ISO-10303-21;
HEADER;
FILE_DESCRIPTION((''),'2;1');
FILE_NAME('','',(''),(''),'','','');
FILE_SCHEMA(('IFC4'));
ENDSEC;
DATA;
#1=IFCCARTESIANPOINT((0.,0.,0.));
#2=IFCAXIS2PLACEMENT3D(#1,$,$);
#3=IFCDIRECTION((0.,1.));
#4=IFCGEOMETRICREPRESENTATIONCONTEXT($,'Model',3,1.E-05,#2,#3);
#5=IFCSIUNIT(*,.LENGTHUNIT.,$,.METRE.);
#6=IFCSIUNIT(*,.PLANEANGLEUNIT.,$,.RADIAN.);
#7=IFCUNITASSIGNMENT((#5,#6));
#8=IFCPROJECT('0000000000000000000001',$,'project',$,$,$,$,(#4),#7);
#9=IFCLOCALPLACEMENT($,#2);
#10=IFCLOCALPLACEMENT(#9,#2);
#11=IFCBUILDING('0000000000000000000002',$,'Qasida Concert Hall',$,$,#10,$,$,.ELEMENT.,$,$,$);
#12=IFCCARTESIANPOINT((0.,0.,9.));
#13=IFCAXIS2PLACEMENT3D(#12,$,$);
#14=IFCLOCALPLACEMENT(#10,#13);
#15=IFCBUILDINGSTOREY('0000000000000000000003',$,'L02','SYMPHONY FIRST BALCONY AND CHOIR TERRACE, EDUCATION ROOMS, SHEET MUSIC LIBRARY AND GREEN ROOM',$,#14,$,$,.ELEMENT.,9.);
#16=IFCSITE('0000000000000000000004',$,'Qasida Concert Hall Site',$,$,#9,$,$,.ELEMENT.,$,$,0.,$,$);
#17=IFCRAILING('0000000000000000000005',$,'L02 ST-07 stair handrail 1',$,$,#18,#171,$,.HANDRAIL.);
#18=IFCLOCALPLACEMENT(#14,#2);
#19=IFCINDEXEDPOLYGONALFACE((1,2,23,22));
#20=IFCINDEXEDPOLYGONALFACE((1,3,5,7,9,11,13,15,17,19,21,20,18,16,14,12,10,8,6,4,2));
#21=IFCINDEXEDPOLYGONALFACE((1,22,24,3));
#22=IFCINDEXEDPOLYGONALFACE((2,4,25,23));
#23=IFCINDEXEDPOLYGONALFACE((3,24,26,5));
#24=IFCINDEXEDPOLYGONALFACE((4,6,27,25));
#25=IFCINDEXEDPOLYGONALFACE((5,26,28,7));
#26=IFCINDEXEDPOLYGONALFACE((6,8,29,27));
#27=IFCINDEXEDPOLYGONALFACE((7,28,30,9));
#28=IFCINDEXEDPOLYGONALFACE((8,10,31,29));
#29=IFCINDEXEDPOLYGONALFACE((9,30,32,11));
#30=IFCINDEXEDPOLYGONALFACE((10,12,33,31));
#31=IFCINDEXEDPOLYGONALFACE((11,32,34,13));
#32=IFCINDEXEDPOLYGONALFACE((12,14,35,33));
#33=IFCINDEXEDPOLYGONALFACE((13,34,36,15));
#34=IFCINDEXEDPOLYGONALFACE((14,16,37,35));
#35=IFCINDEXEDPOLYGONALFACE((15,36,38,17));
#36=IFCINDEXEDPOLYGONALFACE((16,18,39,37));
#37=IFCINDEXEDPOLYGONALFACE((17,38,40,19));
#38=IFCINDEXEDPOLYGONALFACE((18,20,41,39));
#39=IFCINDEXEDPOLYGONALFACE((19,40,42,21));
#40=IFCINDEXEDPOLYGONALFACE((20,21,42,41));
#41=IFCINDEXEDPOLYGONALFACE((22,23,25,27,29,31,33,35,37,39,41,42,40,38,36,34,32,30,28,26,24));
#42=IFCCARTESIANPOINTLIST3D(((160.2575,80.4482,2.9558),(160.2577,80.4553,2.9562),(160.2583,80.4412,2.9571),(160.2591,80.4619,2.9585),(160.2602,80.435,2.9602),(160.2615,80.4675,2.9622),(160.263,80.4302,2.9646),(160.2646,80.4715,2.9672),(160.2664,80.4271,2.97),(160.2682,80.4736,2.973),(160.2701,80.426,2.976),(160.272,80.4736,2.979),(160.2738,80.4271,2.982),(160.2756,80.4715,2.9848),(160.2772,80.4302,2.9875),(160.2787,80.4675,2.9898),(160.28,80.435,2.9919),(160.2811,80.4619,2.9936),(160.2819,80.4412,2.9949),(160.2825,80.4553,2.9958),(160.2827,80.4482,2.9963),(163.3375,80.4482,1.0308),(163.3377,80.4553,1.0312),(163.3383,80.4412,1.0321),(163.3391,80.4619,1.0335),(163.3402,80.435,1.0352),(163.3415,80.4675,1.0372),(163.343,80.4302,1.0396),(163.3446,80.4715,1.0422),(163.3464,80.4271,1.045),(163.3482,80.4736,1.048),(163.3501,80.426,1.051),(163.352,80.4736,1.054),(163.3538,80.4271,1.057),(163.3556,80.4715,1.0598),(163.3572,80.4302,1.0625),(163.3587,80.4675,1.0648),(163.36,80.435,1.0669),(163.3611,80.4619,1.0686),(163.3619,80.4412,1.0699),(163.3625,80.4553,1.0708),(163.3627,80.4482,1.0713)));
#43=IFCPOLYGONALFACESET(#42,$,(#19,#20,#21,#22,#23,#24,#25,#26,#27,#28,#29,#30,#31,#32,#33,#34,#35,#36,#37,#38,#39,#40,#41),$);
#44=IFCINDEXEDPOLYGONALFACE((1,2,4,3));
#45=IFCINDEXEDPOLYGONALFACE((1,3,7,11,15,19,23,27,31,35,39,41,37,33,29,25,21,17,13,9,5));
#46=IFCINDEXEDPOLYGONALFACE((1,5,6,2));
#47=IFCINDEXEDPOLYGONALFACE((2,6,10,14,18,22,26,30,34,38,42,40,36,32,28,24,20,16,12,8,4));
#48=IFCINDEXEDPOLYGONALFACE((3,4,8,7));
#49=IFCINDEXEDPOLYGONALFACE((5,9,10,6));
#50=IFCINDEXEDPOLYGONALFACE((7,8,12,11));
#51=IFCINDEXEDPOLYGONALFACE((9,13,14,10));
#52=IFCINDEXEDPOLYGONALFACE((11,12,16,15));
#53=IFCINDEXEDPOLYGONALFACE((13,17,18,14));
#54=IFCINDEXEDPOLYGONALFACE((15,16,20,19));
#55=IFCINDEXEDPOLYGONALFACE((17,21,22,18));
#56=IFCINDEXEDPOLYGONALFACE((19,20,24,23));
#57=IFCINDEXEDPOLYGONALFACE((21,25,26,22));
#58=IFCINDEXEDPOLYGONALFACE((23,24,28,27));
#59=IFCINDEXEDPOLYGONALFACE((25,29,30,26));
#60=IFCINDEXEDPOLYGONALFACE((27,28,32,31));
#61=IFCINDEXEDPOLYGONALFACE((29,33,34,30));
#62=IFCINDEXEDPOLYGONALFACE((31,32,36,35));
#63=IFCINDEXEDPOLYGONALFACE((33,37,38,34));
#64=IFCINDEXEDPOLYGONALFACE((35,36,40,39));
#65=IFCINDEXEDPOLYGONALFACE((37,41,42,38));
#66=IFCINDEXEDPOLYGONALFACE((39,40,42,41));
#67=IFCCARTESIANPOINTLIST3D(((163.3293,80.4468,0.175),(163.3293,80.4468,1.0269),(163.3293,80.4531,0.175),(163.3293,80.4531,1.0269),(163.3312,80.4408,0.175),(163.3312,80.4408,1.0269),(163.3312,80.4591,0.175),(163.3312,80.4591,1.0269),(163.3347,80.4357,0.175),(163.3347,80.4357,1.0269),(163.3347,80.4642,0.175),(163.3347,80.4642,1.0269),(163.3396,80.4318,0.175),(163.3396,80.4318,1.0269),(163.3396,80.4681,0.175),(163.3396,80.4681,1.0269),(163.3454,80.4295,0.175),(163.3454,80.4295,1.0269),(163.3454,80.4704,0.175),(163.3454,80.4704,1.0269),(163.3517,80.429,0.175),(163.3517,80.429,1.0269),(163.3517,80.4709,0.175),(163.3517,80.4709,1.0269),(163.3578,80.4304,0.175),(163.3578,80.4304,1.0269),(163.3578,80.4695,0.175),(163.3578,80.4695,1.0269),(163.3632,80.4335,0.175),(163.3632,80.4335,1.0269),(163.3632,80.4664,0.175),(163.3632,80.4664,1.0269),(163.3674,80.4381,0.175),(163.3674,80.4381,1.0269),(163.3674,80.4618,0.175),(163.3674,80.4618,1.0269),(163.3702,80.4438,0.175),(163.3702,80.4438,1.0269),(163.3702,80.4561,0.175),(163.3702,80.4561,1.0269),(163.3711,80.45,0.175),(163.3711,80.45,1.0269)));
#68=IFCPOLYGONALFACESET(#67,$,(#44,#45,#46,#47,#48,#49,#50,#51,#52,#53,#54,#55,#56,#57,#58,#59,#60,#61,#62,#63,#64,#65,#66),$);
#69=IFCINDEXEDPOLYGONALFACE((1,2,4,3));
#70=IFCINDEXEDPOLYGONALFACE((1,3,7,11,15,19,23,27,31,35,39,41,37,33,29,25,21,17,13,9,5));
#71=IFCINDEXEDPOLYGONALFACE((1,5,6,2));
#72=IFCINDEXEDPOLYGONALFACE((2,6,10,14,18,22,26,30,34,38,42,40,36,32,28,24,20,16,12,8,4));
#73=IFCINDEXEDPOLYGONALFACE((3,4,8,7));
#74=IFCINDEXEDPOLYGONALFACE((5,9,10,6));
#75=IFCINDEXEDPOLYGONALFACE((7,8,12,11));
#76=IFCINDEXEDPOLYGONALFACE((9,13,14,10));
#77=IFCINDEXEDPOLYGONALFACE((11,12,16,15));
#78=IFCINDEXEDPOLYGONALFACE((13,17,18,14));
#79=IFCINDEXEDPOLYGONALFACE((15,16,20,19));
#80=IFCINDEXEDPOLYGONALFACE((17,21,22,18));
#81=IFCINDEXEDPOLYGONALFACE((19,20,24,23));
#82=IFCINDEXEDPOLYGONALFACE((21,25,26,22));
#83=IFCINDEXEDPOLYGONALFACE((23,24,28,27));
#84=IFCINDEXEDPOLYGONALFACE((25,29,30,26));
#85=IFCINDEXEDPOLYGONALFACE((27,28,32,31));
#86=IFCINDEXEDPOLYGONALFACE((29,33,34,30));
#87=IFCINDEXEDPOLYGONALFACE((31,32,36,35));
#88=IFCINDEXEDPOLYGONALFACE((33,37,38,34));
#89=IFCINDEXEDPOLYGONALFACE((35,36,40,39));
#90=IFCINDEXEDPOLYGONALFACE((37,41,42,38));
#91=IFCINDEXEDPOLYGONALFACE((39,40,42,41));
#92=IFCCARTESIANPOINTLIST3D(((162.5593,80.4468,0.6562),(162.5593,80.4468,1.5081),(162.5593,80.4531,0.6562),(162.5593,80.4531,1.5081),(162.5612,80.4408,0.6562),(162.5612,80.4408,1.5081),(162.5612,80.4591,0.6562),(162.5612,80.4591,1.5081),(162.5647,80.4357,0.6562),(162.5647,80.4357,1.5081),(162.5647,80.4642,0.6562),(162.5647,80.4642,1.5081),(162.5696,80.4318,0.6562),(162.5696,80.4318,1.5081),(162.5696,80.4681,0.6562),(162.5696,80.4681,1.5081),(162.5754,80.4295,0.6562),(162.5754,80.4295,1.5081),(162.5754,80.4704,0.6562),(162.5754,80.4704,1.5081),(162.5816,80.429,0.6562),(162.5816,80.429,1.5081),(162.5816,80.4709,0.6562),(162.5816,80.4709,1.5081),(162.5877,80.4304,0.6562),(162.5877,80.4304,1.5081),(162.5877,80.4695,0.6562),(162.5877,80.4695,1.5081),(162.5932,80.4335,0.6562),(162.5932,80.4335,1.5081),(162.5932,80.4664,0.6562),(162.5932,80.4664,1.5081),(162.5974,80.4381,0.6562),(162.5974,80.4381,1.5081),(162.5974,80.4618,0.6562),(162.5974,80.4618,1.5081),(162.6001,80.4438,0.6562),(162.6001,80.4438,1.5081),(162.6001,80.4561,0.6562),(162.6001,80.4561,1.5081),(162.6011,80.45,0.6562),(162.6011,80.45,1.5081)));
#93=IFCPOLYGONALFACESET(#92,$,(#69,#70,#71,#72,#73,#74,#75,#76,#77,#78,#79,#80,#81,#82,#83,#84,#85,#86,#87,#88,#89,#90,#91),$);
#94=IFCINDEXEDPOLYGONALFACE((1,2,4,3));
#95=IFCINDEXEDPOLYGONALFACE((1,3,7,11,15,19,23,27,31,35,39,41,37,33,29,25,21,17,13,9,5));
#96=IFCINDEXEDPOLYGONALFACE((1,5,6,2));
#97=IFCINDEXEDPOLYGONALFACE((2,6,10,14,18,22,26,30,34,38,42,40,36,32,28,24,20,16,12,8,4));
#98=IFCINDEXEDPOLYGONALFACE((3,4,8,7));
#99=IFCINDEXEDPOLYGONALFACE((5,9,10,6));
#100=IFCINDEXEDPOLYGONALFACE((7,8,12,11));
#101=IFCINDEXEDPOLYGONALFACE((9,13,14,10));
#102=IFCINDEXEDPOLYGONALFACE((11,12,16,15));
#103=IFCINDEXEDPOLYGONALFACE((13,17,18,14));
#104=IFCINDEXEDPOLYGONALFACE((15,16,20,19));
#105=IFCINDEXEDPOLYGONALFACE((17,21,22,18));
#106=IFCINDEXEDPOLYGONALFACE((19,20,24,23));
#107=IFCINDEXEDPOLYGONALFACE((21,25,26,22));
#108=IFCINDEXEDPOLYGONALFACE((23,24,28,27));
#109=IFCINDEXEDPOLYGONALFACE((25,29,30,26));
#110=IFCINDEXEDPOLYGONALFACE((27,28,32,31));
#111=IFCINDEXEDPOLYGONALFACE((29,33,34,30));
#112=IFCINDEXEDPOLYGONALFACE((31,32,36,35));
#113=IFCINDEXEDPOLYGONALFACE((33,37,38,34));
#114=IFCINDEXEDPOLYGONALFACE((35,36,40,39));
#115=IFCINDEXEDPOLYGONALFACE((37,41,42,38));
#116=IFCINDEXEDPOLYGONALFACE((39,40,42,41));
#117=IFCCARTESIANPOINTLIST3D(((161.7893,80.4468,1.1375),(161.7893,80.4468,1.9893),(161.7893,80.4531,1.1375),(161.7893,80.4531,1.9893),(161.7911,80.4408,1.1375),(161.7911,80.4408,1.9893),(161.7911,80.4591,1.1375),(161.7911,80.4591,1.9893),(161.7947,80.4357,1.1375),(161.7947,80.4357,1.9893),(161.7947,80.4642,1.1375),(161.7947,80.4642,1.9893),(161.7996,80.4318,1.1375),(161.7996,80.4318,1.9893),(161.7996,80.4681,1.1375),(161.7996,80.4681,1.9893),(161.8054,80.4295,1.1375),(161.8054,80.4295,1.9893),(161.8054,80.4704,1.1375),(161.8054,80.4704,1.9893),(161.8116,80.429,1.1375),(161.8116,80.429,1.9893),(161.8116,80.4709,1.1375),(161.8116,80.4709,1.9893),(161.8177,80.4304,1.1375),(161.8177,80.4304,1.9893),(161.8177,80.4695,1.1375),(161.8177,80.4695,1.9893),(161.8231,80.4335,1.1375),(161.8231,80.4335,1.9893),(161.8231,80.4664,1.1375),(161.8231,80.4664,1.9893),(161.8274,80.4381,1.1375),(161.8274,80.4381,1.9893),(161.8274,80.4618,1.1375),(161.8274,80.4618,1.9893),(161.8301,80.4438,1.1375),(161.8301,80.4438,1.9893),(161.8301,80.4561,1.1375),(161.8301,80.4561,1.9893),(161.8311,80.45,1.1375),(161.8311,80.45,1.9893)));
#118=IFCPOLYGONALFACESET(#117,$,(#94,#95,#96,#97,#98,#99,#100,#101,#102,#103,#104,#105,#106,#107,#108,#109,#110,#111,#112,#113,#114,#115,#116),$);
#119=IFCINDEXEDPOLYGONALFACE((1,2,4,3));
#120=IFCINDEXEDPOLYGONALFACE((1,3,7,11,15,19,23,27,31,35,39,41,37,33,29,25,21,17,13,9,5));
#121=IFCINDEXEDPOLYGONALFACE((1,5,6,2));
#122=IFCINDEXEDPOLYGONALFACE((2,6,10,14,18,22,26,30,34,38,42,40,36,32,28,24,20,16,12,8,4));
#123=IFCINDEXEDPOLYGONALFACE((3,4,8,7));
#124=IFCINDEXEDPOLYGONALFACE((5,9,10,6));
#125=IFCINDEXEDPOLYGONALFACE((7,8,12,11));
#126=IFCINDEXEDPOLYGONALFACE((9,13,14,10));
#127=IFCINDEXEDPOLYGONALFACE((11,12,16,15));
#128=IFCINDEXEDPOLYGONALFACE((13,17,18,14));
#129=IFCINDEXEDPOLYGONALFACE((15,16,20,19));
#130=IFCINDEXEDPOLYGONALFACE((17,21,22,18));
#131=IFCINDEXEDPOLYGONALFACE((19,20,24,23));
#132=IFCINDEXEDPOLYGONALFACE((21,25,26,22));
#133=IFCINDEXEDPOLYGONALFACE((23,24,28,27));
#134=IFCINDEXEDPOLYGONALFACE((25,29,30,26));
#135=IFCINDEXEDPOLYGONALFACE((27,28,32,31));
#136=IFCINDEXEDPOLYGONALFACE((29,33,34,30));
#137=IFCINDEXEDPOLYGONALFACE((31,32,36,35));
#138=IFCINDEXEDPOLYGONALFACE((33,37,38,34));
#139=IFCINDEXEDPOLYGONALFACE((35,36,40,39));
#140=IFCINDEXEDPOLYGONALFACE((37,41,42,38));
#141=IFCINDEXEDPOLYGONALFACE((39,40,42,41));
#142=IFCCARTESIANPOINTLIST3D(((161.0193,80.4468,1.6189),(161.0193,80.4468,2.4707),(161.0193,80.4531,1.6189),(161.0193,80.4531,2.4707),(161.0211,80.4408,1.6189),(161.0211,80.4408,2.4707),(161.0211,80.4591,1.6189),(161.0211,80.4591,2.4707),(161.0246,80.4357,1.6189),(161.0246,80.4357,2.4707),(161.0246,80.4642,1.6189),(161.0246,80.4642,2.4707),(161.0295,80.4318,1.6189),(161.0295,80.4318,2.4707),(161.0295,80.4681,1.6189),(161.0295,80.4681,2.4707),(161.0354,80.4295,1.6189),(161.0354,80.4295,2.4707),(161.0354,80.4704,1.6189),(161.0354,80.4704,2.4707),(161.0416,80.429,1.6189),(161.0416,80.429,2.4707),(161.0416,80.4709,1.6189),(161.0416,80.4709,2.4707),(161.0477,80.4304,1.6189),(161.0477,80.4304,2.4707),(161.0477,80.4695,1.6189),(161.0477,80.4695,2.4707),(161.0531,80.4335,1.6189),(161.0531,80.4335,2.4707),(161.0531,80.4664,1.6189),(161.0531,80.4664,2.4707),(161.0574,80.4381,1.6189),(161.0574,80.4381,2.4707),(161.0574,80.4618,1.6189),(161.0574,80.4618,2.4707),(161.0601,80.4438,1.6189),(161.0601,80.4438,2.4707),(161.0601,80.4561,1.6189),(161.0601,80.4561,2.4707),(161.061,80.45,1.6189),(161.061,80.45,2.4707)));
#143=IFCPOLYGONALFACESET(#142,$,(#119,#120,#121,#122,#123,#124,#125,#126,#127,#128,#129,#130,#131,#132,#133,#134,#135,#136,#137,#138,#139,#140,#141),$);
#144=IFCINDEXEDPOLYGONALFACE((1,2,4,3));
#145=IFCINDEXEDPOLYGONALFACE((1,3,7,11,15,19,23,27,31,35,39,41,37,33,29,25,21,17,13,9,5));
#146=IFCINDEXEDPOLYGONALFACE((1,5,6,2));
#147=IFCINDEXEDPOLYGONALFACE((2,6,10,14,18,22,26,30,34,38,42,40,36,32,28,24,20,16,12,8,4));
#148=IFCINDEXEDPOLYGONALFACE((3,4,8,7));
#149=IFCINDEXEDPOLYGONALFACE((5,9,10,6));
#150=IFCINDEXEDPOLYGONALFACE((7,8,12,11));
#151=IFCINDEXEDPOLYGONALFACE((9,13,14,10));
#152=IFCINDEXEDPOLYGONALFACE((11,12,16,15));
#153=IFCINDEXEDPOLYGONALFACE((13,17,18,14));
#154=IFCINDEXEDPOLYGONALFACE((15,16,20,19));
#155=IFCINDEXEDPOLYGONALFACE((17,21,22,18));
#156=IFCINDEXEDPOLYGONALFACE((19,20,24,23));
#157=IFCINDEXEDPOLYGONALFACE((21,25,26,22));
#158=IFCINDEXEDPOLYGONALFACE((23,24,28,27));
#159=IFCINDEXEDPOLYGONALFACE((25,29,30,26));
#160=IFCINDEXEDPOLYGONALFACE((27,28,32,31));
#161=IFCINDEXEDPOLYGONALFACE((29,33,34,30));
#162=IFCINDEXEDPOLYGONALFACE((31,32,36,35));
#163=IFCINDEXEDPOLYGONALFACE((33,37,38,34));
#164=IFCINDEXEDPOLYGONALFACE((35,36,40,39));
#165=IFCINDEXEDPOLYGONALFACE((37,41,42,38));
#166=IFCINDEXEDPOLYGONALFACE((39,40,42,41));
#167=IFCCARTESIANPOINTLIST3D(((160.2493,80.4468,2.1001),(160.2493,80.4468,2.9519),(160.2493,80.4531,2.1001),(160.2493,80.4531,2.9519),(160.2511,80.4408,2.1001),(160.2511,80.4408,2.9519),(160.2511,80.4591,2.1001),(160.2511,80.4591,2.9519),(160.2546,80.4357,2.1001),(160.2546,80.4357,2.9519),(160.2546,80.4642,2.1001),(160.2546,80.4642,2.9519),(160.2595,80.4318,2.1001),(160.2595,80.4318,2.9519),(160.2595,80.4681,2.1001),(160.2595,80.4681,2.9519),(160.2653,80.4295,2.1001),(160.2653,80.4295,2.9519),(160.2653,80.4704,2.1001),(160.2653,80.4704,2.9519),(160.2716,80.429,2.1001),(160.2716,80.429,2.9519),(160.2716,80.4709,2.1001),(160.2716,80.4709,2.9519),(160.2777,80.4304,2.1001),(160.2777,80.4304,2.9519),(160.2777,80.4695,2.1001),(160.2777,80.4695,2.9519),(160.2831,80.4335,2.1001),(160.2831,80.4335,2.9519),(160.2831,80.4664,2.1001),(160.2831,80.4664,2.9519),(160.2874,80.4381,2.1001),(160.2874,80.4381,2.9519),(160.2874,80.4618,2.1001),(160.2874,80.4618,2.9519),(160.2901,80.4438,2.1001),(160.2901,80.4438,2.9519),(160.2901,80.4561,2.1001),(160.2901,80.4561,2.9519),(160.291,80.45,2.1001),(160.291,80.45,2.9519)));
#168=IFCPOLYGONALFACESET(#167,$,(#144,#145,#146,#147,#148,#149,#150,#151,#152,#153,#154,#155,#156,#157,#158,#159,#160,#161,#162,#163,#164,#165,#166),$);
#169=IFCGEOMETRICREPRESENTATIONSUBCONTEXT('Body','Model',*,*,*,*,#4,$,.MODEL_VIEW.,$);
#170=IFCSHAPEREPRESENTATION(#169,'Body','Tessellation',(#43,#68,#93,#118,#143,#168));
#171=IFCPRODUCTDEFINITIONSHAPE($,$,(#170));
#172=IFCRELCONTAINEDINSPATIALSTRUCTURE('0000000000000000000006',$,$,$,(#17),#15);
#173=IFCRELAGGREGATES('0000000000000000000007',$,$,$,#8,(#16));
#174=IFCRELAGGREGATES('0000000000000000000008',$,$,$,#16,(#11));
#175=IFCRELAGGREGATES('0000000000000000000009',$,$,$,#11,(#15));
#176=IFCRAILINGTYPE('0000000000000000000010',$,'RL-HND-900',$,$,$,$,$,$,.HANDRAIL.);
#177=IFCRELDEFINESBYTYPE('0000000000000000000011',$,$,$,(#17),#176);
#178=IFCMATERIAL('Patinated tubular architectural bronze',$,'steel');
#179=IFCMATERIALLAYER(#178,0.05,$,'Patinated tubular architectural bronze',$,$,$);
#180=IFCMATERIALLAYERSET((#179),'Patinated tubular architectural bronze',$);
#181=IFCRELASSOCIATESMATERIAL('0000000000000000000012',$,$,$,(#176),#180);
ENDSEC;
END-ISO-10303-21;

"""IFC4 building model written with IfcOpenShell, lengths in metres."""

from ifc_helpers import new_model, si_unit, direction, frame, origin, origin_2d, place, context, subcontext, project, spatial, circle, extrude, material, layer, layer_set, type_object, element, save


model = new_model("IFC4")

# Units and contexts
model_context = context("Model", 3, precision=1e-05, world=origin(), true_north=direction((0.0, 1.0)))
body_context = subcontext(model_context, "Body", "Model", "MODEL_VIEW")
ifc_project = project(units=[si_unit("LENGTHUNIT", "METRE"), si_unit("PLANEANGLEUNIT", "RADIAN")], contexts=[model_context])

# Site, building, storey
site_placement = place(None, origin())
site = spatial("IfcSite", under=ifc_project, at=site_placement, Name="Qasida Concert Hall Site", CompositionType="ELEMENT", RefElevation=0.0)
building_placement = place(site_placement, origin())
building = spatial("IfcBuilding", under=site, at=building_placement, Name="Qasida Concert Hall", CompositionType="ELEMENT")
storey_placement = place(building_placement, frame((0.0, 0.0, 9.0)))
storey = spatial("IfcBuildingStorey", under=building, at=storey_placement, Name="L02", Description="SYMPHONY FIRST BALCONY AND CHOIR TERRACE, EDUCATION ROOMS, SHEET MUSIC LIBRARY AND GREEN ROOM", CompositionType="ELEMENT", Elevation=9.0)

# Railing
ifc_material_1 = material(Name="Patinated tubular architectural bronze", Category="steel")
ifc_layer_1 = layer(ifc_material_1, 0.05, Name="Patinated tubular architectural bronze")
ifc_layer_set_1 = layer_set([ifc_layer_1], Name="Patinated tubular architectural bronze")
railing_type_1 = type_object("IfcRailingType", Name="RL-HND-900", PredefinedType="HANDRAIL", material=ifc_layer_set_1)
railing_1_placement = place(storey_placement, frame((163.3501, 80.45, 0.175)))
element("IfcRailing", 1, at=railing_1_placement, inside=storey, type_object=railing_type_1, Name="L02 ST-07 stair handrail 1", PredefinedType="HANDRAIL", context=body_context, shape_type="SweptSolid", body=[
    extrude(circle(Radius=0.0239, at=origin_2d()), frame((0.0, 0.0, 0.876), z_axis=(-0.847998, 0.0, 0.529999), x_axis=(0.0, -1.0, 0.0)), (0.0, 0.0, 1.0), 3.6321),
    extrude(circle(Radius=0.021, at=origin_2d()), origin(), (0.0, 0.0, 1.0), 0.8518),
    extrude(circle(Radius=0.021, at=origin_2d()), frame((-0.77, 0.0, 0.4812)), (0.0, 0.0, 1.0), 0.8518),
    extrude(circle(Radius=0.021, at=origin_2d()), frame((-1.54, 0.0, 0.9624)), (0.0, 0.0, 1.0), 0.8518),
    extrude(circle(Radius=0.021, at=origin_2d()), frame((-2.3101, 0.0, 1.4438)), (0.0, 0.0, 1.0), 0.8518),
    extrude(circle(Radius=0.021, at=origin_2d()), frame((-3.0801, 0.0, 1.925)), (0.0, 0.0, 1.0), 0.8518),
])

save(model, "model.ifc")
